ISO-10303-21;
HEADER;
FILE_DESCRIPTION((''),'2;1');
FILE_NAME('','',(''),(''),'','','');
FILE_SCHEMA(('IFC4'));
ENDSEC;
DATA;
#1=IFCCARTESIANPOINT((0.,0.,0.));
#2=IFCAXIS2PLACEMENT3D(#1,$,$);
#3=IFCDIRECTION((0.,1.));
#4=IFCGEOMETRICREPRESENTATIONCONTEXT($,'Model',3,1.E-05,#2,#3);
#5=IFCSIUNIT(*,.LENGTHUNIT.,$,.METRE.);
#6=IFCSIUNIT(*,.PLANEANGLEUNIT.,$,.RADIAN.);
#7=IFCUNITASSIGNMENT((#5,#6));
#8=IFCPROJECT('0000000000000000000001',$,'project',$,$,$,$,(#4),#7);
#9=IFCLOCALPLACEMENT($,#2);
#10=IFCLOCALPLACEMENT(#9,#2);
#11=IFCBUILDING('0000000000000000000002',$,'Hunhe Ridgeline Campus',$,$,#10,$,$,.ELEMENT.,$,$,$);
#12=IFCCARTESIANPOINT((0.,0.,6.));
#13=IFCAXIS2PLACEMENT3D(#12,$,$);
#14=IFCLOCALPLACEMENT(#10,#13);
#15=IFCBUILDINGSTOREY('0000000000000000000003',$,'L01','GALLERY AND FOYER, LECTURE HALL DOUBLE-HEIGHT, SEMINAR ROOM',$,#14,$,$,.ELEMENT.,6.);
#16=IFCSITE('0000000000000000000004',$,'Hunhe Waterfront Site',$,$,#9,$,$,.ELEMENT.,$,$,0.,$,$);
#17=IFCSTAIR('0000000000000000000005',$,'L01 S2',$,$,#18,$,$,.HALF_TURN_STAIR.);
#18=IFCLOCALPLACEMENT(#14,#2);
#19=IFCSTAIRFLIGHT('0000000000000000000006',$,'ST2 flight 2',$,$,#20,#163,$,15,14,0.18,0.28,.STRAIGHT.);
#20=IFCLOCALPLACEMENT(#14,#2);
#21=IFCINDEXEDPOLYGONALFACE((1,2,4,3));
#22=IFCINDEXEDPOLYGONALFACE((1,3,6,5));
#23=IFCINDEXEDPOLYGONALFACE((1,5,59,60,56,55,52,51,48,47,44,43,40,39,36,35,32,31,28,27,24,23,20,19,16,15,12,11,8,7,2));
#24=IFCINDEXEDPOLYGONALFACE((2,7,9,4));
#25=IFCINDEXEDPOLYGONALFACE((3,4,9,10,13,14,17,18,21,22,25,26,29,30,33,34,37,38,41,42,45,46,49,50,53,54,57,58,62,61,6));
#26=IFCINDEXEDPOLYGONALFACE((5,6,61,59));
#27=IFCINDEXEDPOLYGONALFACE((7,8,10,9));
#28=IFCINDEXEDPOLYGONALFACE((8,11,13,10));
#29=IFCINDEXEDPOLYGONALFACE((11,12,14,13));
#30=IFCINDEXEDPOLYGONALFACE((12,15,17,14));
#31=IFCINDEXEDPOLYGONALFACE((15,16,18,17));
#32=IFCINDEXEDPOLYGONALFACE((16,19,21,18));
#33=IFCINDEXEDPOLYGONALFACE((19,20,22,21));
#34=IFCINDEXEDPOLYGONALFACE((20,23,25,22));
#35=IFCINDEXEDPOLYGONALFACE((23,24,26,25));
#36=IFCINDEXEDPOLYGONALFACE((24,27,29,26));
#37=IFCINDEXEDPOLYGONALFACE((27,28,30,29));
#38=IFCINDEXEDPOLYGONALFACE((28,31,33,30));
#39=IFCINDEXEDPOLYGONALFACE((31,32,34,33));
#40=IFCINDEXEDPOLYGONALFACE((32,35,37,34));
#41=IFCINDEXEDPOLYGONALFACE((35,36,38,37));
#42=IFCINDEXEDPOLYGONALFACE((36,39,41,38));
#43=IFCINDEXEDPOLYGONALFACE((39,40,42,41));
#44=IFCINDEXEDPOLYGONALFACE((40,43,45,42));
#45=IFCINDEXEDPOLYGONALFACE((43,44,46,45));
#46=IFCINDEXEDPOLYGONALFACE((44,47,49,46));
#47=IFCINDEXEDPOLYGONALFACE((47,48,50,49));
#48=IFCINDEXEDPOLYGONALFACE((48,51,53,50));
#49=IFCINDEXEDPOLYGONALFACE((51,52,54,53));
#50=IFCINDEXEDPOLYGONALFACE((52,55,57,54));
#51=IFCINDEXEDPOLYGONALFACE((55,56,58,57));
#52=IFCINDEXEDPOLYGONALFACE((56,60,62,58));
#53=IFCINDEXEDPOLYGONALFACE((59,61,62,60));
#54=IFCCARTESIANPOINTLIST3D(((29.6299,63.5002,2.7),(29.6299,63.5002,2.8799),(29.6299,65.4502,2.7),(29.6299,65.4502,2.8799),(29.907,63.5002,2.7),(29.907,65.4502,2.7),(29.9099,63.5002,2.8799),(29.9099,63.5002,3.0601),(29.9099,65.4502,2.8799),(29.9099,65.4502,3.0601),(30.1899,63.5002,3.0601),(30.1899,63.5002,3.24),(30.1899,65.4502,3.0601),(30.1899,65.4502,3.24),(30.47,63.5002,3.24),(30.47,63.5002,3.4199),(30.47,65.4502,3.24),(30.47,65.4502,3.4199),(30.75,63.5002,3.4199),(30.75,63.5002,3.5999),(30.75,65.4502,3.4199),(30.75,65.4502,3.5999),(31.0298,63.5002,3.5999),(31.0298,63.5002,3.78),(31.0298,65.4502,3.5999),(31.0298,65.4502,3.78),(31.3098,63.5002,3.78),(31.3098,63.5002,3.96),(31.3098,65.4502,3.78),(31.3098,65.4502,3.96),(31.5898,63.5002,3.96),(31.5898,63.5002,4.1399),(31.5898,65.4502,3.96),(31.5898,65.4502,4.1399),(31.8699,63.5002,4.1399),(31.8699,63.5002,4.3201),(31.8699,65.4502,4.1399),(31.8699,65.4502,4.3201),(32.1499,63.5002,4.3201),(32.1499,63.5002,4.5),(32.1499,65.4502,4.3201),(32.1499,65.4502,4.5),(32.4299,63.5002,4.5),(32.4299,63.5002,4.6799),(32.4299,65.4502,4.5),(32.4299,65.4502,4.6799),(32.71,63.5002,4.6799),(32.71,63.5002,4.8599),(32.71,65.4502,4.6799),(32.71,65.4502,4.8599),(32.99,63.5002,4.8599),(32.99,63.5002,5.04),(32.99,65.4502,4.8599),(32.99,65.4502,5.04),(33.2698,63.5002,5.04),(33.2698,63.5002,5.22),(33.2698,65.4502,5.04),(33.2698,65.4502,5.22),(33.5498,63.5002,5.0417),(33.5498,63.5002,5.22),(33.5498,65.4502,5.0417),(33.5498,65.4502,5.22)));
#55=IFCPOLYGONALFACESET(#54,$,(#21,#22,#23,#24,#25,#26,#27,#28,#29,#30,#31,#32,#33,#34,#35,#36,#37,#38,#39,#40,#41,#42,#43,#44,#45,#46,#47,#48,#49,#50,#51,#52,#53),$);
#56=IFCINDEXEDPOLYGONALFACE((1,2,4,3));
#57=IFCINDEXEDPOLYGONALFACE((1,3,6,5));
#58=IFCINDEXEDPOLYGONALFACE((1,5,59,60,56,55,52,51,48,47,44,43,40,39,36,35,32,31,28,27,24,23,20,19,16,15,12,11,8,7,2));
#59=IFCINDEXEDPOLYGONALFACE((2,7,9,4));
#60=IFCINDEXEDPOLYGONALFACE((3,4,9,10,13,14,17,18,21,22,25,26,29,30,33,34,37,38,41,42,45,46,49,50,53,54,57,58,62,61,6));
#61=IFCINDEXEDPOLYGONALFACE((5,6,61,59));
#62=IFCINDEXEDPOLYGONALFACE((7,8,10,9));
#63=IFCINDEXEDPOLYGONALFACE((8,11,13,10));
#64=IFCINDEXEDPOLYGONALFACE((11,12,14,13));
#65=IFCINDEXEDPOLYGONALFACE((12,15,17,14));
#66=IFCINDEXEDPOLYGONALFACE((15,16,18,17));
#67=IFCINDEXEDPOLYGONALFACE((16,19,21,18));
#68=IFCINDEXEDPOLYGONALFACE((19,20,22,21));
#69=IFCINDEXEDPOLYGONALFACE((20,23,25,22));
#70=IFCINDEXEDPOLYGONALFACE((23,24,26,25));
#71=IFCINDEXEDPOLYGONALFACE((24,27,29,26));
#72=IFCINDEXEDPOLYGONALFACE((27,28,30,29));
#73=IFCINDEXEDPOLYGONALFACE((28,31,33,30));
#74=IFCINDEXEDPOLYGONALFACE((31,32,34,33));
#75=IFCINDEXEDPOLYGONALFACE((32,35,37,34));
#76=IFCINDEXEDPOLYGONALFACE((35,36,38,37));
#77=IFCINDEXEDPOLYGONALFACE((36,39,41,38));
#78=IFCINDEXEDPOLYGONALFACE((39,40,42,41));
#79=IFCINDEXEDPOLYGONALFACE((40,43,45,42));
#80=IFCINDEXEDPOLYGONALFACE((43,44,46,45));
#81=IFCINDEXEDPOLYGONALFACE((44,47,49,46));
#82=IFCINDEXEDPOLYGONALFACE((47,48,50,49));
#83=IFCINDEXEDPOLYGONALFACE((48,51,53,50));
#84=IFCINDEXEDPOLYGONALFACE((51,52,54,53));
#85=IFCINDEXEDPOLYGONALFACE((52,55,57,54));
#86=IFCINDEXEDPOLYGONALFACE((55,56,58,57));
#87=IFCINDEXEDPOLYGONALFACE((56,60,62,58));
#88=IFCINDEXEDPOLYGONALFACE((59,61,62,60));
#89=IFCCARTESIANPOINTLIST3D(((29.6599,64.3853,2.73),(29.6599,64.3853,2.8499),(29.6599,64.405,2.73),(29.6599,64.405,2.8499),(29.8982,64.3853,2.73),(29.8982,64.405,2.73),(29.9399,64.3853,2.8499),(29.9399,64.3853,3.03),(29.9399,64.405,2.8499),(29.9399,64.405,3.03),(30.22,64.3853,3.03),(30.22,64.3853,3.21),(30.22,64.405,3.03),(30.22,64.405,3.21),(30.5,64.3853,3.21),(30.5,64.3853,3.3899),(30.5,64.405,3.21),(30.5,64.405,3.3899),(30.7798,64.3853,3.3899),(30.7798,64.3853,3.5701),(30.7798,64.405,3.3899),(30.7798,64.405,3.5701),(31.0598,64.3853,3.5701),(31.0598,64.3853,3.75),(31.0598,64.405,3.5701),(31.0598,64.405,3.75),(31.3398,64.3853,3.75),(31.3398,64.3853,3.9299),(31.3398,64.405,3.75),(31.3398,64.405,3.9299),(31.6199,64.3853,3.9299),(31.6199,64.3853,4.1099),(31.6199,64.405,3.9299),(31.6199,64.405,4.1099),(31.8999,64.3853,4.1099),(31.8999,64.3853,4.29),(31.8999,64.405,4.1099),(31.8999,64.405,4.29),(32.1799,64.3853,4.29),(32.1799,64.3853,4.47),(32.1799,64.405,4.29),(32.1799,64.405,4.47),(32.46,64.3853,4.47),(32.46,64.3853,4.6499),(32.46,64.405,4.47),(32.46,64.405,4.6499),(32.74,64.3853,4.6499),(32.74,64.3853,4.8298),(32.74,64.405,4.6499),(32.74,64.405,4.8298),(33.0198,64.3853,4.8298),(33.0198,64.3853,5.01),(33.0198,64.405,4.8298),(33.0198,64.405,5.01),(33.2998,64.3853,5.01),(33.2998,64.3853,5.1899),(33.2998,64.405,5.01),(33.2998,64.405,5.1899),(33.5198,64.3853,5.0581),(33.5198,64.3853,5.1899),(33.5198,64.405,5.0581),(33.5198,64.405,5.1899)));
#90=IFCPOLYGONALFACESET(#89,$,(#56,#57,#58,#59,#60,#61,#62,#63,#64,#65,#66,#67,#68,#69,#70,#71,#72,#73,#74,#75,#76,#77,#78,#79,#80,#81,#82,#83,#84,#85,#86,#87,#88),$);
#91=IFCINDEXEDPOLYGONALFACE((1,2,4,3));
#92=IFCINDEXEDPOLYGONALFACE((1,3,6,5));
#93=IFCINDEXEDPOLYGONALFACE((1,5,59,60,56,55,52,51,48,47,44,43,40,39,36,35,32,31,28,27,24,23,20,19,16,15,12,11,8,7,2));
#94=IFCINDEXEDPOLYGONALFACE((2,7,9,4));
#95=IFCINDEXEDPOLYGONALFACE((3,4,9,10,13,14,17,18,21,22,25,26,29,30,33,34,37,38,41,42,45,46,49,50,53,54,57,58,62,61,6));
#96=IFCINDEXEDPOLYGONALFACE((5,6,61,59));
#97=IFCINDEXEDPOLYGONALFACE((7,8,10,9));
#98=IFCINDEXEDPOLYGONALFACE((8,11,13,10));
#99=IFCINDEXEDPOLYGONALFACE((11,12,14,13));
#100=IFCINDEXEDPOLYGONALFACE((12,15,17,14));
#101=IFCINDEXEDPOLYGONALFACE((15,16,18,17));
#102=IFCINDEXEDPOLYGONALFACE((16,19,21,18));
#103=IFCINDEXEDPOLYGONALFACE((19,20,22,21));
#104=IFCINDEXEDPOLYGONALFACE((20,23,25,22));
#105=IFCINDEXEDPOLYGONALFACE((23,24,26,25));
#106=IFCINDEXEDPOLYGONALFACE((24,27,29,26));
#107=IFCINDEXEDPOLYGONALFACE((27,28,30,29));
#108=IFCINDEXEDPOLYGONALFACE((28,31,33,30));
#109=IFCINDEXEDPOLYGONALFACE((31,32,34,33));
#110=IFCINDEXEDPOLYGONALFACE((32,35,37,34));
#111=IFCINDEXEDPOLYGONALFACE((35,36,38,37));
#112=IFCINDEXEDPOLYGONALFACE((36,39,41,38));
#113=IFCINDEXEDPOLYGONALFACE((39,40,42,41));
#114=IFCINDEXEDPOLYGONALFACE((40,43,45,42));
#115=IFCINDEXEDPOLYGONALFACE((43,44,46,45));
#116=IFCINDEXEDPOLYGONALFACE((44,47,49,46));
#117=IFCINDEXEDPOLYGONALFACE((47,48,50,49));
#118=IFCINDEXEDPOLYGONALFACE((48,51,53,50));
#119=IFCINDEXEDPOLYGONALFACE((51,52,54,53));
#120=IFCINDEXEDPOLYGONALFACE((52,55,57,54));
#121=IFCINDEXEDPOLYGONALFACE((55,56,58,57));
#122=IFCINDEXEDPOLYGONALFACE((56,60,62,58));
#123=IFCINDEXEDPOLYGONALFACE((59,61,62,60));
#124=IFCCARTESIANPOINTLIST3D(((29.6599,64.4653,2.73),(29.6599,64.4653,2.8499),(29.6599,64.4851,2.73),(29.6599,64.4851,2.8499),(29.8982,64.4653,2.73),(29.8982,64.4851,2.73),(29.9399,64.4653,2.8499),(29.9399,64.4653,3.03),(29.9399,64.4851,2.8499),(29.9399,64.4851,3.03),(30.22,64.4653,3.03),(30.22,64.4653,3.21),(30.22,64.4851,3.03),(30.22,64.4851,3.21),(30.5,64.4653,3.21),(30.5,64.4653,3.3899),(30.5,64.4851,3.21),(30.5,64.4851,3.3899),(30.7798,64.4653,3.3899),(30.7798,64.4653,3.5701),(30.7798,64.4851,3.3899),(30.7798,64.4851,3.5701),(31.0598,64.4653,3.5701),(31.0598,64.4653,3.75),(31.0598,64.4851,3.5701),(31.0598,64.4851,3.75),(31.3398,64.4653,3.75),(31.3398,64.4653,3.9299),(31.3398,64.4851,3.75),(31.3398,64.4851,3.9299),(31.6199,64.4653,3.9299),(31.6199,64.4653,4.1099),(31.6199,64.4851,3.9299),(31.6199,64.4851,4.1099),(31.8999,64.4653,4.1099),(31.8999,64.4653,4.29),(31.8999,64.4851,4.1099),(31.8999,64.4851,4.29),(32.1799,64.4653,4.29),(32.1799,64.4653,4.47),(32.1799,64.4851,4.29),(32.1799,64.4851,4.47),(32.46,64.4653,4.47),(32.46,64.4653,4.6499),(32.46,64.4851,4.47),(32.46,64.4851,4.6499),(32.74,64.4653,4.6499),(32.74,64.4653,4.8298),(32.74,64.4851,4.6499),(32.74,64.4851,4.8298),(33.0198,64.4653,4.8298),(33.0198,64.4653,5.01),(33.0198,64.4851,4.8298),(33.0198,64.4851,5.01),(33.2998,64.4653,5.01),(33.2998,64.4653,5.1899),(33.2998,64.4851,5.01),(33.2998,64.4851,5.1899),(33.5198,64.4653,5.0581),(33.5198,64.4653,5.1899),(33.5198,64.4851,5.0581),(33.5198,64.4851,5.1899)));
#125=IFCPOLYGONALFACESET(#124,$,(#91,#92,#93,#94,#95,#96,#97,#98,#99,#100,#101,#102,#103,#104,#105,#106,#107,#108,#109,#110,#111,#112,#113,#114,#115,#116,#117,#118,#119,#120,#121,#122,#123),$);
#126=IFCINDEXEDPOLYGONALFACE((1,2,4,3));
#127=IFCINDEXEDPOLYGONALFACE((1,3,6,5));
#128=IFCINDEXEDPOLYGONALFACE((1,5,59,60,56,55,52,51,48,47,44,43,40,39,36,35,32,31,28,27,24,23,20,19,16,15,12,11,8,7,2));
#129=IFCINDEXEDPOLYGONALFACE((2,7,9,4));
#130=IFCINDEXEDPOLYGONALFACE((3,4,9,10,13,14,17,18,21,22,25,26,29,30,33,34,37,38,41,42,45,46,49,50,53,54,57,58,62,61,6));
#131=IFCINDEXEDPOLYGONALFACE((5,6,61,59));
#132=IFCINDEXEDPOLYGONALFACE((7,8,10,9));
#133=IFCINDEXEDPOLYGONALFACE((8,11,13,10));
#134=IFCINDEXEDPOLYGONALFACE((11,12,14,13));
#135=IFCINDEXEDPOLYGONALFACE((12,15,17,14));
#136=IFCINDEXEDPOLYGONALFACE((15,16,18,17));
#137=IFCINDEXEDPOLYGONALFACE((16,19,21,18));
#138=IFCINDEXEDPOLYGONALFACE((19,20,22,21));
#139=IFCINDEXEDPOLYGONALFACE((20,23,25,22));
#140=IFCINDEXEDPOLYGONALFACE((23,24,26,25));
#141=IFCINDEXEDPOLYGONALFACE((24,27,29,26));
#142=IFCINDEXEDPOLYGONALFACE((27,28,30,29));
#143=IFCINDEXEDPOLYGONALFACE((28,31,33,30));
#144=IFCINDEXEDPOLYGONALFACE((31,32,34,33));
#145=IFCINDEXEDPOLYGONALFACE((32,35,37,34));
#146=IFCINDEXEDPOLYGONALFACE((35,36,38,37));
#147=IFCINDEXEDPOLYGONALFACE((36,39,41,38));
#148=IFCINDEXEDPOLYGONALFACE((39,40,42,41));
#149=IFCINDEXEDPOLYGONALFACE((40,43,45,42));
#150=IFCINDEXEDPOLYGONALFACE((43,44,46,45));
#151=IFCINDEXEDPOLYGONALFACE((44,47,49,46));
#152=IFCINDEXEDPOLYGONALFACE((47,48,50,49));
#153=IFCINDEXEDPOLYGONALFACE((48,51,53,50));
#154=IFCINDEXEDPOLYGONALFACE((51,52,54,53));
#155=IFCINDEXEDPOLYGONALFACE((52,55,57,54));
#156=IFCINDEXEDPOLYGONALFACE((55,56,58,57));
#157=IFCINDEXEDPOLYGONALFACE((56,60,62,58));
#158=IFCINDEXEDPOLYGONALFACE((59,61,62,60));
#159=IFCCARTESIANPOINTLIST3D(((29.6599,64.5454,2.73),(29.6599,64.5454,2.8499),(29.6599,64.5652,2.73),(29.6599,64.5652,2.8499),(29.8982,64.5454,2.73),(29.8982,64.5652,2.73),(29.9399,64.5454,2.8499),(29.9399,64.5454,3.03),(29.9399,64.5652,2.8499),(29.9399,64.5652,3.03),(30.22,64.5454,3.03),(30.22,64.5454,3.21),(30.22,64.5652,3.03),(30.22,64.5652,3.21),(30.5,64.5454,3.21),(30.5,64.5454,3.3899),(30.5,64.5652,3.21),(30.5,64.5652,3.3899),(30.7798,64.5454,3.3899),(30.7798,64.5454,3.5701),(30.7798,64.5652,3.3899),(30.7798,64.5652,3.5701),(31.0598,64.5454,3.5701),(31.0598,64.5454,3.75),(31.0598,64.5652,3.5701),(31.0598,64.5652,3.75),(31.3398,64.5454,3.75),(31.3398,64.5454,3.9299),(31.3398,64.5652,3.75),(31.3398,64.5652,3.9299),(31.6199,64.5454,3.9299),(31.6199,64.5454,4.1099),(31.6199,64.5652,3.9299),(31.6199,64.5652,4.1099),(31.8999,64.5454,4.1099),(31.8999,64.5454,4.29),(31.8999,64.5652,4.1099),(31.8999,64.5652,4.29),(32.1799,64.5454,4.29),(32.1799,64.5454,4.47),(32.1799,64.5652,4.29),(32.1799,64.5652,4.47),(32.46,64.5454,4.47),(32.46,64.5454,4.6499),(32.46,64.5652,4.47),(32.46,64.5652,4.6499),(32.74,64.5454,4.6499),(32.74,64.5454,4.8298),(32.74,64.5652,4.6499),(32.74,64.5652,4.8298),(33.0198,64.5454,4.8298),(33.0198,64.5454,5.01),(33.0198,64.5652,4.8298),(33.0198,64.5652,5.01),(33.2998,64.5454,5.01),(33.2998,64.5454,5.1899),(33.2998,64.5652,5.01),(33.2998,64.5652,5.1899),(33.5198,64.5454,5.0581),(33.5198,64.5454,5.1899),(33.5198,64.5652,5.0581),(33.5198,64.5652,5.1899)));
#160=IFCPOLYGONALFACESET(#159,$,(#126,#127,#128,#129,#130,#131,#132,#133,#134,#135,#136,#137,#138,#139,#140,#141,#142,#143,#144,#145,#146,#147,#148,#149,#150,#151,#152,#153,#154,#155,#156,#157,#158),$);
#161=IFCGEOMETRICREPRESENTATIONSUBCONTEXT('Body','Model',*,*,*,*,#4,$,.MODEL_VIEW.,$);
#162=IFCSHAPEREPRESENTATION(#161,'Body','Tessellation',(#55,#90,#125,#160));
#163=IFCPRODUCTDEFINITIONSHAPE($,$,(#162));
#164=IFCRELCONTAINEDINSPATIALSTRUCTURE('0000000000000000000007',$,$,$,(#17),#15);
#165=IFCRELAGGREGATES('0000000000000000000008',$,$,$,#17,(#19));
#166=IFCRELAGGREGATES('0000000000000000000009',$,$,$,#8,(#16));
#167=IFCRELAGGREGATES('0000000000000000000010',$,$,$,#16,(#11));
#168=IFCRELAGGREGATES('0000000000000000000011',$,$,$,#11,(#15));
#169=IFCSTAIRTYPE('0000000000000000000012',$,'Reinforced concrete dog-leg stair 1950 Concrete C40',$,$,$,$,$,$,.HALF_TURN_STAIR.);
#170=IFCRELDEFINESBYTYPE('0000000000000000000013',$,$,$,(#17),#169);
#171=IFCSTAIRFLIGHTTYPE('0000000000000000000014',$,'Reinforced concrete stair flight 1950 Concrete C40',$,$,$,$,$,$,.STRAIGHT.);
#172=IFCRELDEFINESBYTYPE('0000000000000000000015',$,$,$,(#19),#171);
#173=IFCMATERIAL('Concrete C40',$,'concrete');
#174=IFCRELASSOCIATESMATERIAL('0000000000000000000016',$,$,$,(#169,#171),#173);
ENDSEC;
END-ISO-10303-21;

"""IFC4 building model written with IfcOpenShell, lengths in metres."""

from ifc_helpers import new_model, si_unit, direction, frame, origin, place, context, subcontext, project, spatial, polyline, outline, extrude, material, type_object, element, aggregate, save


model = new_model("IFC4")

# Units and contexts
model_context = context("Model", 3, precision=1e-05, world=origin(), true_north=direction((0.0, 1.0)))
body_context = subcontext(model_context, "Body", "Model", "MODEL_VIEW")
ifc_project = project(units=[si_unit("LENGTHUNIT", "METRE"), si_unit("PLANEANGLEUNIT", "RADIAN")], contexts=[model_context])

# Site, building, storey
site_placement = place(None, origin())
site = spatial("IfcSite", under=ifc_project, at=site_placement, Name="Hunhe Waterfront Site", CompositionType="ELEMENT", RefElevation=0.0)
building_placement = place(site_placement, origin())
building = spatial("IfcBuilding", under=site, at=building_placement, Name="Hunhe Ridgeline Campus", CompositionType="ELEMENT")
storey_placement = place(building_placement, frame((0.0, 0.0, 6.0)))
storey = spatial("IfcBuildingStorey", under=building, at=storey_placement, Name="L01", Description="GALLERY AND FOYER, LECTURE HALL DOUBLE-HEIGHT, SEMINAR ROOM", CompositionType="ELEMENT", Elevation=6.0)

# Stair, stair flight
ifc_material_1 = material(Name="Concrete C40", Category="concrete")
stair_type = type_object("IfcStairType", Name="Reinforced concrete dog-leg stair 1950 Concrete C40", PredefinedType="HALF_TURN_STAIR", material=ifc_material_1)
stair_placement = place(storey_placement, origin())
stair = element("IfcStair", 1, at=stair_placement, inside=storey, type_object=stair_type, Name="L01 S2", PredefinedType="HALF_TURN_STAIR")
stair_flight_type = type_object("IfcStairFlightType", Name="Reinforced concrete stair flight 1950 Concrete C40", PredefinedType="STRAIGHT", material=ifc_material_1)
stair_flight_1_placement = place(storey_placement, frame((29.6299, 64.4751, 2.7), z_axis=(0.0, 0.0, 1.0), x_axis=(1.0, 0.0, 0.0)))
stair_flight_1 = element("IfcStairFlight", 2, at=stair_flight_1_placement, type_object=stair_flight_type, Name="ST2 flight 2", NumberOfRisers=15, NumberOfTreads=14, PredefinedType="STRAIGHT", RiserHeight=0.18, TreadLength=0.28, context=body_context, shape_type="SweptSolid", body=[
    extrude(outline(polyline([(0.0, 0.0), (0.0, 0.1799), (0.28, 0.1799), (0.28, 0.3601), (0.5601, 0.3601), (0.5601, 0.54), (0.8401, 0.54), (0.8401, 0.72), (1.1201, 0.72), (1.1201, 0.8999), (1.3999, 0.8999), (1.3999, 1.0801), (1.6799, 1.0801), (1.6799, 1.26), (1.96, 1.26), (1.96, 1.4399), (2.24, 1.4399), (2.24, 1.6201), (2.52, 1.6201), (2.52, 1.8), (2.8, 1.8), (2.8, 1.98), (3.0801, 1.98), (3.0801, 2.1599), (3.3601, 2.1599), (3.3601, 2.3401), (3.6399, 2.3401), (3.6399, 2.52), (3.9199, 2.52), (3.9199, 2.7), (3.9199, 2.3418), (0.2771, 0.0), (0.0, 0.0)])), frame((0.0, 0.9751, 0.0), z_axis=(0.0, -1.0, 0.0), x_axis=(1.0, 0.0, 0.0)), (0.0, 0.0, 1.0), 1.95),
    extrude(outline(polyline([(0.03, 0.03), (0.03, 0.1499), (0.3101, 0.1499), (0.3101, 0.3301), (0.5901, 0.3301), (0.5901, 0.51), (0.8701, 0.51), (0.8701, 0.6899), (1.1499, 0.6899), (1.1499, 0.8701), (1.4299, 0.8701), (1.4299, 1.05), (1.71, 1.05), (1.71, 1.23), (1.99, 1.23), (1.99, 1.4099), (2.27, 1.4099), (2.27, 1.5901), (2.55, 1.5901), (2.55, 1.77), (2.8301, 1.77), (2.8301, 1.95), (3.1101, 1.95), (3.1101, 2.1299), (3.3899, 2.1299), (3.3899, 2.3101), (3.6699, 2.3101), (3.6699, 2.49), (3.8899, 2.49), (3.8899, 2.3582), (0.2683, 0.03), (0.03, 0.03)])), frame((0.0, -0.0701, 0.0), z_axis=(0.0, -1.0, 0.0), x_axis=(1.0, 0.0, 0.0)), (0.0, 0.0, 1.0), 0.0198),
    extrude(outline(polyline([(0.03, 0.03), (0.03, 0.1499), (0.3101, 0.1499), (0.3101, 0.3301), (0.5901, 0.3301), (0.5901, 0.51), (0.8701, 0.51), (0.8701, 0.6899), (1.1499, 0.6899), (1.1499, 0.8701), (1.4299, 0.8701), (1.4299, 1.05), (1.71, 1.05), (1.71, 1.23), (1.99, 1.23), (1.99, 1.4099), (2.27, 1.4099), (2.27, 1.5901), (2.55, 1.5901), (2.55, 1.77), (2.8301, 1.77), (2.8301, 1.95), (3.1101, 1.95), (3.1101, 2.1299), (3.3899, 2.1299), (3.3899, 2.3101), (3.6699, 2.3101), (3.6699, 2.49), (3.8899, 2.49), (3.8899, 2.3582), (0.2683, 0.03), (0.03, 0.03)])), frame((0.0, 0.01, 0.0), z_axis=(0.0, -1.0, 0.0), x_axis=(1.0, 0.0, 0.0)), (0.0, 0.0, 1.0), 0.0198),
    extrude(outline(polyline([(0.03, 0.03), (0.03, 0.1499), (0.3101, 0.1499), (0.3101, 0.3301), (0.5901, 0.3301), (0.5901, 0.51), (0.8701, 0.51), (0.8701, 0.6899), (1.1499, 0.6899), (1.1499, 0.8701), (1.4299, 0.8701), (1.4299, 1.05), (1.71, 1.05), (1.71, 1.23), (1.99, 1.23), (1.99, 1.4099), (2.27, 1.4099), (2.27, 1.5901), (2.55, 1.5901), (2.55, 1.77), (2.8301, 1.77), (2.8301, 1.95), (3.1101, 1.95), (3.1101, 2.1299), (3.3899, 2.1299), (3.3899, 2.3101), (3.6699, 2.3101), (3.6699, 2.49), (3.8899, 2.49), (3.8899, 2.3582), (0.2683, 0.03), (0.03, 0.03)])), frame((0.0, 0.0901, 0.0), z_axis=(0.0, -1.0, 0.0), x_axis=(1.0, 0.0, 0.0)), (0.0, 0.0, 1.0), 0.0198),
])
aggregate(stair, [stair_flight_1])

save(model, "model.ifc")
